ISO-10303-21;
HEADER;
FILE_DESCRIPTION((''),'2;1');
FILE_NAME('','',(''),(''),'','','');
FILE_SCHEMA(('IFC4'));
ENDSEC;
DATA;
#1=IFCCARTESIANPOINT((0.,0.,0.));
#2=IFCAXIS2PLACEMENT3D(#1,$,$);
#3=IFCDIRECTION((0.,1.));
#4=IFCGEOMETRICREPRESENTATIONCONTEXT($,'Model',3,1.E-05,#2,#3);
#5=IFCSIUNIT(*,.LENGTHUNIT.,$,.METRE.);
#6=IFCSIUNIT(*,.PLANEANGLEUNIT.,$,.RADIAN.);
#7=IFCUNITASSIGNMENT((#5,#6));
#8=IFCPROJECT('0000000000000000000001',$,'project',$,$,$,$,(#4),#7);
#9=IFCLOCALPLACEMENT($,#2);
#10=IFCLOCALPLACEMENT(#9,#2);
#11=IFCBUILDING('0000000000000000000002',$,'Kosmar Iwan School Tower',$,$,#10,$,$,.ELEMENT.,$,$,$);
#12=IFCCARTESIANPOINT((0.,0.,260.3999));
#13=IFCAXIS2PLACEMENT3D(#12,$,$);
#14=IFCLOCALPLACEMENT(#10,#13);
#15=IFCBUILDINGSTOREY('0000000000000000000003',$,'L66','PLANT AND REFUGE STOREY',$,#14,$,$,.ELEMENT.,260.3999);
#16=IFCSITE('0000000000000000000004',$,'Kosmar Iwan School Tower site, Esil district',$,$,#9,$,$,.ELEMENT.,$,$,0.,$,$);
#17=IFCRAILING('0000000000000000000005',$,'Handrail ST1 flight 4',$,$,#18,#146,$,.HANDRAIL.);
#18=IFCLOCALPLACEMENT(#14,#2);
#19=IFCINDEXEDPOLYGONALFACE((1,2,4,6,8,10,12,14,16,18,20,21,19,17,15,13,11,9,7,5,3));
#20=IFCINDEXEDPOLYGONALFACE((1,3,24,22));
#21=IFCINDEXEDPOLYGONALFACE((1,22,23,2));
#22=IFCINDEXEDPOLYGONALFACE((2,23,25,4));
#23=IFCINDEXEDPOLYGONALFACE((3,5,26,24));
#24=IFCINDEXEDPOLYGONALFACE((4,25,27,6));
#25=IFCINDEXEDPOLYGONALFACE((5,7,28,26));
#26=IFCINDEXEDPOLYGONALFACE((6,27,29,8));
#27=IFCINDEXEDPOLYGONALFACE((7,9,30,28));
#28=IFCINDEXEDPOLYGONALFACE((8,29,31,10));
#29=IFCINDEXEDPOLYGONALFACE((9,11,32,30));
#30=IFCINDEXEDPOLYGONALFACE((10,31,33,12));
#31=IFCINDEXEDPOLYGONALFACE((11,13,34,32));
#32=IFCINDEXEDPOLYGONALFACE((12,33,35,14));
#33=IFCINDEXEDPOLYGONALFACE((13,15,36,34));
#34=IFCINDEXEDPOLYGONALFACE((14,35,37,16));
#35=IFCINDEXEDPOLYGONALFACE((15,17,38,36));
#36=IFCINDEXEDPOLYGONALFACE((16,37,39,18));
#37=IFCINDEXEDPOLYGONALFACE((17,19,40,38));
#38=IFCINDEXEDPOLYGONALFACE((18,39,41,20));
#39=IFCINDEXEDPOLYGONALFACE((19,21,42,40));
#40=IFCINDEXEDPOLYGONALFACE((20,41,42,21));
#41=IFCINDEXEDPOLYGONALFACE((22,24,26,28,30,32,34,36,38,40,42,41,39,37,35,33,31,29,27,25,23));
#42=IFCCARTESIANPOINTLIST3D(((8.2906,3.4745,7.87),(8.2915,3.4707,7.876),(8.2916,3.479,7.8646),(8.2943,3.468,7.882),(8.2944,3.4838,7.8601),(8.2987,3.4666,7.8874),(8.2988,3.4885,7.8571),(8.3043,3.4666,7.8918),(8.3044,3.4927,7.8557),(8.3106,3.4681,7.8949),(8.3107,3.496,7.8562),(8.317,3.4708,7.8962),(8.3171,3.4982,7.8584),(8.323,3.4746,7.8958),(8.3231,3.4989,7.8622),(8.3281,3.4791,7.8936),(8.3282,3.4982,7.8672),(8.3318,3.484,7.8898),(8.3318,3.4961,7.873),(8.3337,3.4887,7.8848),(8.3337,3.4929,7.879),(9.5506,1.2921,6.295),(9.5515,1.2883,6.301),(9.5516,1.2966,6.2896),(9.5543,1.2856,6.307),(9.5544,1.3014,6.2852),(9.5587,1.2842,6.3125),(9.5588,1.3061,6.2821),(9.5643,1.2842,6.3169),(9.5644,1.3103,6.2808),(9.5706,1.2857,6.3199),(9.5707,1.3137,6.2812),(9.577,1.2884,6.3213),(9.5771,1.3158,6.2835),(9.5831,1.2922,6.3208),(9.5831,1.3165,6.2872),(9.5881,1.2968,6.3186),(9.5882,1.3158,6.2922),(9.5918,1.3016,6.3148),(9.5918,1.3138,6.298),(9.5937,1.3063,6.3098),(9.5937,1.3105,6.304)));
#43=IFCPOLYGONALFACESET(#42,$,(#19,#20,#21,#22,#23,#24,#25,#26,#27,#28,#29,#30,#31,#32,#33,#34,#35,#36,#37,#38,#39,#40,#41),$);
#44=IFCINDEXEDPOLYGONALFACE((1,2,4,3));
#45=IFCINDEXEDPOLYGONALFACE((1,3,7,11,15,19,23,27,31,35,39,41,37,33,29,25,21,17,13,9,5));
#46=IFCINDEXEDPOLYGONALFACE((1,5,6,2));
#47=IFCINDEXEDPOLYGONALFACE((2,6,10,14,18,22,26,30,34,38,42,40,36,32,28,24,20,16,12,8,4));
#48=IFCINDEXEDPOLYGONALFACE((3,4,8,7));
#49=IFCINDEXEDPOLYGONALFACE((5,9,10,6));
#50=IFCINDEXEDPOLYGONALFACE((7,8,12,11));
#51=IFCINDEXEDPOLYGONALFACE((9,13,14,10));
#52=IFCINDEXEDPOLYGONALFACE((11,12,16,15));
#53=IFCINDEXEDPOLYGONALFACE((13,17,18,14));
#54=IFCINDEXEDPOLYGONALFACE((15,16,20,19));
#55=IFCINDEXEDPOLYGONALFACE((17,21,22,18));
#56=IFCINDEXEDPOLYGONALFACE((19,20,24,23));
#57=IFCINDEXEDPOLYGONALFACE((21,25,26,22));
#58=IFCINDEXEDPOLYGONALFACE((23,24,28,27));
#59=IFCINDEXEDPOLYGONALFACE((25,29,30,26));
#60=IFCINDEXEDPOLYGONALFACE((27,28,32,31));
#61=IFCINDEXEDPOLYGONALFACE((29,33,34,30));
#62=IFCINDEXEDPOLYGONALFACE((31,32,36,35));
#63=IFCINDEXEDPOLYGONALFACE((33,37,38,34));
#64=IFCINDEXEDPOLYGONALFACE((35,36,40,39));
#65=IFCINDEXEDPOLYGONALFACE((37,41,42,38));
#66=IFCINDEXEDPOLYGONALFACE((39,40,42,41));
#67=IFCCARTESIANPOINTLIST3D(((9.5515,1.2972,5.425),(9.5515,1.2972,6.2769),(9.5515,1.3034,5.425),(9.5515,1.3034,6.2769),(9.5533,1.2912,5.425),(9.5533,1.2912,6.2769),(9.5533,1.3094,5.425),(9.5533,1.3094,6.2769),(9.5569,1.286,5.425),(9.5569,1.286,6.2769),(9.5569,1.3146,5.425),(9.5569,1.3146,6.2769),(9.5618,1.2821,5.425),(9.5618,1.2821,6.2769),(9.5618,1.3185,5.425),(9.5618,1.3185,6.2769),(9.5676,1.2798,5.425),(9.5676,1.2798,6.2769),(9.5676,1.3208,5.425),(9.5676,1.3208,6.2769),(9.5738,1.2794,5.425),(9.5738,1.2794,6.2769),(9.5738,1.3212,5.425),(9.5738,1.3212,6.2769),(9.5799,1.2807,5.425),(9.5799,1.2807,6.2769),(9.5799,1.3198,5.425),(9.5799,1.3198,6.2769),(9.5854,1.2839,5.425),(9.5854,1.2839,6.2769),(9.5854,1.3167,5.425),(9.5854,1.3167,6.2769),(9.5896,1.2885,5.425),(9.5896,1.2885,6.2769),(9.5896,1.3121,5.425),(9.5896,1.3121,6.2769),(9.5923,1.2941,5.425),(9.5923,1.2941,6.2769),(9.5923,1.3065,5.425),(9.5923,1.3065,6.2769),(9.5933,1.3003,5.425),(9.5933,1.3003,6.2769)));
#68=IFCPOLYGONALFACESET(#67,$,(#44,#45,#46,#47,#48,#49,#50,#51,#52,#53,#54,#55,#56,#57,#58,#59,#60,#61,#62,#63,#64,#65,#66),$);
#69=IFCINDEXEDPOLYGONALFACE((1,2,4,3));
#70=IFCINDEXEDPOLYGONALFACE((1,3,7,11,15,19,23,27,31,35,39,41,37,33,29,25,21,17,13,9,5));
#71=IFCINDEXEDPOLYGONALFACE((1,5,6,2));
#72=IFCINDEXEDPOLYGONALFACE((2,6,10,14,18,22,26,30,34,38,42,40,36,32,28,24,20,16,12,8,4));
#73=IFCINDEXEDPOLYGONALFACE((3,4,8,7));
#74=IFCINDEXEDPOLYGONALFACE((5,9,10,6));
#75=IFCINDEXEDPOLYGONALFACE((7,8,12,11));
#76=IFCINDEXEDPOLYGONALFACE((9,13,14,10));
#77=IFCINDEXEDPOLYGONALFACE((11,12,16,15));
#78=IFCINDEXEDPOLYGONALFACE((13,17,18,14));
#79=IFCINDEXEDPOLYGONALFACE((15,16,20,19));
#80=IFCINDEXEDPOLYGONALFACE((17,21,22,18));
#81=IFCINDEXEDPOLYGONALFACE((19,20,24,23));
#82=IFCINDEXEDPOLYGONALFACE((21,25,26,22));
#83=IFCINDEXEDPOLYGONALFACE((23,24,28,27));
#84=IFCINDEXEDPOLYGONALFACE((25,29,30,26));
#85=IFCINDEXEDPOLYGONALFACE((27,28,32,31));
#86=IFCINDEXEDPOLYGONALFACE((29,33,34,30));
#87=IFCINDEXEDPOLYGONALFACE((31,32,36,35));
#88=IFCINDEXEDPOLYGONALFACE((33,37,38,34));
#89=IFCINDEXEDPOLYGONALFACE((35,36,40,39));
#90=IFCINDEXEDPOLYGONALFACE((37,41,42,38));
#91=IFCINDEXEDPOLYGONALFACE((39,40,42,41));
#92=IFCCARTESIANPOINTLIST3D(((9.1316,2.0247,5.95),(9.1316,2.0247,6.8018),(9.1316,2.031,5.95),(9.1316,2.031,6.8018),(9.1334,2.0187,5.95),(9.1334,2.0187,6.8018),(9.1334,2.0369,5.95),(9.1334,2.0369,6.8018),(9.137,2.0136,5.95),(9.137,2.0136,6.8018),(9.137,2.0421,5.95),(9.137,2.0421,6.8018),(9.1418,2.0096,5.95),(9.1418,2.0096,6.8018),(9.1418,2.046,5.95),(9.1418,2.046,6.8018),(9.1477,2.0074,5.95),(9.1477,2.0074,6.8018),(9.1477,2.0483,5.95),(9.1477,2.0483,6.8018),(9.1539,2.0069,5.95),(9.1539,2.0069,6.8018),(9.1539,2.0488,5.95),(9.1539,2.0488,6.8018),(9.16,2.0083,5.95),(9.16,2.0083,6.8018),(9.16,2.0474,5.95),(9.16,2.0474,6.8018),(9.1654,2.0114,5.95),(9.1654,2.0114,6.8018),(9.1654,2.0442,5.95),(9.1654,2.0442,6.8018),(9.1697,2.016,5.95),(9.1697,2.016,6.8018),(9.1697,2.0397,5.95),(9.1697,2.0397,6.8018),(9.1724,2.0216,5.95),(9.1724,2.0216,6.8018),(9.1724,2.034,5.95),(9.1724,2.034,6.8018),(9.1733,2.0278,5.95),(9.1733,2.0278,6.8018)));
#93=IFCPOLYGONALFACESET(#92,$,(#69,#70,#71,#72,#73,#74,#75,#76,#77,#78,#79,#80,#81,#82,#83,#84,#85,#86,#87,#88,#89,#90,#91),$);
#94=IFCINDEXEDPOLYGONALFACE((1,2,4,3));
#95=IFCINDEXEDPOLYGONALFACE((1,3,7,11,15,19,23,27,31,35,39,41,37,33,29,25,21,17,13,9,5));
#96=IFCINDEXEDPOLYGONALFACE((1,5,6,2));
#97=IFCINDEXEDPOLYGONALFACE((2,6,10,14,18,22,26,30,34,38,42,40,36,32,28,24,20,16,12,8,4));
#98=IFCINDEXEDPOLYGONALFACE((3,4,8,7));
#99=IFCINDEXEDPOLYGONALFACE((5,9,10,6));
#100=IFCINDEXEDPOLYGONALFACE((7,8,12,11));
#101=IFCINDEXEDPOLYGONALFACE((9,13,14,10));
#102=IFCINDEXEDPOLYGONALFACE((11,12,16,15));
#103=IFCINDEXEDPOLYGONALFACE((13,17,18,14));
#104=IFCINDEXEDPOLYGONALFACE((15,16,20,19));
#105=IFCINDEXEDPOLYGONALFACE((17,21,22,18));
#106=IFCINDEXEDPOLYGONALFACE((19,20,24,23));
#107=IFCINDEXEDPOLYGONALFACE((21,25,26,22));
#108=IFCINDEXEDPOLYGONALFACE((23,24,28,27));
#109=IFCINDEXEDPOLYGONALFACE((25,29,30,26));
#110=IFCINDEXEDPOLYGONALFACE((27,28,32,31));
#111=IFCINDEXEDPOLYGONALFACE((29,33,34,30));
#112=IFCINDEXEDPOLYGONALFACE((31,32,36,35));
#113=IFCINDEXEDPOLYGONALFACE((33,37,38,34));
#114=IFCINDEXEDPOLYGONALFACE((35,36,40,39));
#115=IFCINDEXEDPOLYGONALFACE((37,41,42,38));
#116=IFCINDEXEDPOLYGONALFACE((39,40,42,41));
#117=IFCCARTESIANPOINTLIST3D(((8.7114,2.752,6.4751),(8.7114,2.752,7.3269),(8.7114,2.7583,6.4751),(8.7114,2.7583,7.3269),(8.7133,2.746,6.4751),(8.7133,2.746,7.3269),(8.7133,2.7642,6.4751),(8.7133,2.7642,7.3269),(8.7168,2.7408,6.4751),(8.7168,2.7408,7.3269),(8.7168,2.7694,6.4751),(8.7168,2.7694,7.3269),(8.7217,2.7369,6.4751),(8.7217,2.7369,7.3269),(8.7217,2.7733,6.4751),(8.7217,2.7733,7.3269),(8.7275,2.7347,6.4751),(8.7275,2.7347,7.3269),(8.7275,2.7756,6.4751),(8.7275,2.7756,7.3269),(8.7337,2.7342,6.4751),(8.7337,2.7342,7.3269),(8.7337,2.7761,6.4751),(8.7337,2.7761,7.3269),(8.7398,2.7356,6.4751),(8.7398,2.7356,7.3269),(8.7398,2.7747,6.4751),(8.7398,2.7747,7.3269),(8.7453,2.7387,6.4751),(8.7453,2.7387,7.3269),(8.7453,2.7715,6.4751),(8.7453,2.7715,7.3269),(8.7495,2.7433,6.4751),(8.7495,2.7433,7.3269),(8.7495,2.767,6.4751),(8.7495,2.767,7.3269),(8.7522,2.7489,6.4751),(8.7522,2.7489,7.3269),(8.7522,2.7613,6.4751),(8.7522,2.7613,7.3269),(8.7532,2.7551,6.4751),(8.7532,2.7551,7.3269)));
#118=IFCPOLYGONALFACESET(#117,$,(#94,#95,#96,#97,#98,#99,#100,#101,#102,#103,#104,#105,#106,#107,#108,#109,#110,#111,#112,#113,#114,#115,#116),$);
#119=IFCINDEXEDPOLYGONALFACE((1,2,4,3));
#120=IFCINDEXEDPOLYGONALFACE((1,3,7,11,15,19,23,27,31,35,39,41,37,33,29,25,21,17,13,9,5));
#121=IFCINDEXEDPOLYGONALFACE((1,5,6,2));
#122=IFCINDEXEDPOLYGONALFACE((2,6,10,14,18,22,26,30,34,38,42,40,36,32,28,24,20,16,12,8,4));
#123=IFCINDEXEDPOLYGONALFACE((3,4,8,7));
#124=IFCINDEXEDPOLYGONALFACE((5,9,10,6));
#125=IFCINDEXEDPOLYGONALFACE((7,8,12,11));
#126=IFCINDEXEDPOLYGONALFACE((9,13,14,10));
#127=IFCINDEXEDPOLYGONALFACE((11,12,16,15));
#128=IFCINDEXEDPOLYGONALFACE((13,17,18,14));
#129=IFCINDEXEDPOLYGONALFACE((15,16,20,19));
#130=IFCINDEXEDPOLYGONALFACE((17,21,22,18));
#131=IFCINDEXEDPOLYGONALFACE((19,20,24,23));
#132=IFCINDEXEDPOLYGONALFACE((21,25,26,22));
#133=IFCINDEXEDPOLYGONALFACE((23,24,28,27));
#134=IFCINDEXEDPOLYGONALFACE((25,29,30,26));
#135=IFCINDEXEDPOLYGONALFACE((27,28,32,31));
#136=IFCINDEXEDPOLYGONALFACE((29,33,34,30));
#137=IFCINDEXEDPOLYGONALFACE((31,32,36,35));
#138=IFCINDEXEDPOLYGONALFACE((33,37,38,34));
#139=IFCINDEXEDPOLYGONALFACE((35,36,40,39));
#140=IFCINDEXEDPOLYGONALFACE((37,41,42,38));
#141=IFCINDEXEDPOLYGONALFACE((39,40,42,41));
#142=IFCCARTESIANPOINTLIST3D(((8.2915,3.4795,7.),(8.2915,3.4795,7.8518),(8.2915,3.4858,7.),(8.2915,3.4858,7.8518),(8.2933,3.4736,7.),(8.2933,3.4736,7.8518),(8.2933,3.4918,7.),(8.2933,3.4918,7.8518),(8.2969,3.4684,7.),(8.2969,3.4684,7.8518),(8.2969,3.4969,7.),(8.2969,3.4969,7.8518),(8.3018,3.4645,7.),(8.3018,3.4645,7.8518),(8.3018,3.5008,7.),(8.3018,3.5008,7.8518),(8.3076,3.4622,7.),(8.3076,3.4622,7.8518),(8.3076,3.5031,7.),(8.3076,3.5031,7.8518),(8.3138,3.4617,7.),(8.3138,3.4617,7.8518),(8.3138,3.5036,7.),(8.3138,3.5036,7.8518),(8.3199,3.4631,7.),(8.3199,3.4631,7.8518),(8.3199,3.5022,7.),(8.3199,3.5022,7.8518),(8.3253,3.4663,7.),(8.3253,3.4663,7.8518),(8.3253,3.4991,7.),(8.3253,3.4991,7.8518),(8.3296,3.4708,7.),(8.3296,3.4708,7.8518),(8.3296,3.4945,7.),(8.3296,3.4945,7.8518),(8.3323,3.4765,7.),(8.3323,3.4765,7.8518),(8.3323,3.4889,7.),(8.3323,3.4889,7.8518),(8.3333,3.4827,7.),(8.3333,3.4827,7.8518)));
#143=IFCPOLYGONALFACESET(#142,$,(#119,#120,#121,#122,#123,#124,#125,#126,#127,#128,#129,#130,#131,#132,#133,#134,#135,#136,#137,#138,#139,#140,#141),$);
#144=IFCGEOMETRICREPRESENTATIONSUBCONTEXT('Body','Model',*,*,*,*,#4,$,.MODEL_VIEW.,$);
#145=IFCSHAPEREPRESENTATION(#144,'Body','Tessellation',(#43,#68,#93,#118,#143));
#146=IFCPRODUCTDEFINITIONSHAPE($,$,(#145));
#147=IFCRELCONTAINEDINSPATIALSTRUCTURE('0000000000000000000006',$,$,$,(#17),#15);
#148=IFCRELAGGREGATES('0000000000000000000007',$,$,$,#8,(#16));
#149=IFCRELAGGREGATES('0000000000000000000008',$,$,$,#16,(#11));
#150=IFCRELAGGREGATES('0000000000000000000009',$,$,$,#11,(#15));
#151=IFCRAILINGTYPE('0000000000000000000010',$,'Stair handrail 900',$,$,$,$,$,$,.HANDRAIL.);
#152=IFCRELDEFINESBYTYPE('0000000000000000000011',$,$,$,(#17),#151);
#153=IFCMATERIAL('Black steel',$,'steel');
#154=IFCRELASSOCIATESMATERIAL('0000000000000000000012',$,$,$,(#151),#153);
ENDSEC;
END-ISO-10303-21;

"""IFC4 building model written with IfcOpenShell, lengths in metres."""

from ifc_helpers import new_model, si_unit, direction, frame, origin, origin_2d, place, context, subcontext, project, spatial, circle, extrude, material, type_object, element, save


model = new_model("IFC4")

# Units and contexts
model_context = context("Model", 3, precision=1e-05, world=origin(), true_north=direction((0.0, 1.0)))
body_context = subcontext(model_context, "Body", "Model", "MODEL_VIEW")
ifc_project = project(units=[si_unit("LENGTHUNIT", "METRE"), si_unit("PLANEANGLEUNIT", "RADIAN")], contexts=[model_context])

# Site, building, storey
site_placement = place(None, origin())
site = spatial("IfcSite", under=ifc_project, at=site_placement, Name="Kosmar Iwan School Tower site, Esil district", CompositionType="ELEMENT", RefElevation=0.0)
building_placement = place(site_placement, origin())
building = spatial("IfcBuilding", under=site, at=building_placement, Name="Kosmar Iwan School Tower", CompositionType="ELEMENT")
storey_placement = place(building_placement, frame((0.0, 0.0, 260.3999)))
storey = spatial("IfcBuildingStorey", under=building, at=storey_placement, Name="L66", Description="PLANT AND REFUGE STOREY", CompositionType="ELEMENT", Elevation=260.3999)

# Railing
ifc_material_1 = material(Name="Black steel", Category="steel")
railing_type = type_object("IfcRailingType", Name="Stair handrail 900", PredefinedType="HANDRAIL", material=ifc_material_1)
railing_1_placement = place(storey_placement, frame((9.5723, 1.3003, 5.425)))
element("IfcRailing", 1, at=railing_1_placement, inside=storey, type_object=railing_type, Name="Handrail ST1 flight 4", PredefinedType="HANDRAIL", context=body_context, shape_type="SweptSolid", body=[
    extrude(circle(Radius=0.0239, at=origin_2d()), frame((0.0, 0.0, 0.876), z_axis=(-0.424007, 0.734392, 0.529988), x_axis=(-0.866023, -0.500005, 0.0)), (0.0, 0.0, 1.0), 2.9717),
    extrude(circle(Radius=0.021, at=origin_2d()), origin(), (0.0, 0.0, 1.0), 0.8518),
    extrude(circle(Radius=0.021, at=origin_2d()), frame((-0.4199, 0.7275, 0.5249)), (0.0, 0.0, 1.0), 0.8518),
    extrude(circle(Radius=0.021, at=origin_2d()), frame((-0.8401, 1.4548, 1.05)), (0.0, 0.0, 1.0), 0.8518),
    extrude(circle(Radius=0.021, at=origin_2d()), frame((-1.26, 2.1824, 1.575)), (0.0, 0.0, 1.0), 0.8518),
])

save(model, "model.ifc")
